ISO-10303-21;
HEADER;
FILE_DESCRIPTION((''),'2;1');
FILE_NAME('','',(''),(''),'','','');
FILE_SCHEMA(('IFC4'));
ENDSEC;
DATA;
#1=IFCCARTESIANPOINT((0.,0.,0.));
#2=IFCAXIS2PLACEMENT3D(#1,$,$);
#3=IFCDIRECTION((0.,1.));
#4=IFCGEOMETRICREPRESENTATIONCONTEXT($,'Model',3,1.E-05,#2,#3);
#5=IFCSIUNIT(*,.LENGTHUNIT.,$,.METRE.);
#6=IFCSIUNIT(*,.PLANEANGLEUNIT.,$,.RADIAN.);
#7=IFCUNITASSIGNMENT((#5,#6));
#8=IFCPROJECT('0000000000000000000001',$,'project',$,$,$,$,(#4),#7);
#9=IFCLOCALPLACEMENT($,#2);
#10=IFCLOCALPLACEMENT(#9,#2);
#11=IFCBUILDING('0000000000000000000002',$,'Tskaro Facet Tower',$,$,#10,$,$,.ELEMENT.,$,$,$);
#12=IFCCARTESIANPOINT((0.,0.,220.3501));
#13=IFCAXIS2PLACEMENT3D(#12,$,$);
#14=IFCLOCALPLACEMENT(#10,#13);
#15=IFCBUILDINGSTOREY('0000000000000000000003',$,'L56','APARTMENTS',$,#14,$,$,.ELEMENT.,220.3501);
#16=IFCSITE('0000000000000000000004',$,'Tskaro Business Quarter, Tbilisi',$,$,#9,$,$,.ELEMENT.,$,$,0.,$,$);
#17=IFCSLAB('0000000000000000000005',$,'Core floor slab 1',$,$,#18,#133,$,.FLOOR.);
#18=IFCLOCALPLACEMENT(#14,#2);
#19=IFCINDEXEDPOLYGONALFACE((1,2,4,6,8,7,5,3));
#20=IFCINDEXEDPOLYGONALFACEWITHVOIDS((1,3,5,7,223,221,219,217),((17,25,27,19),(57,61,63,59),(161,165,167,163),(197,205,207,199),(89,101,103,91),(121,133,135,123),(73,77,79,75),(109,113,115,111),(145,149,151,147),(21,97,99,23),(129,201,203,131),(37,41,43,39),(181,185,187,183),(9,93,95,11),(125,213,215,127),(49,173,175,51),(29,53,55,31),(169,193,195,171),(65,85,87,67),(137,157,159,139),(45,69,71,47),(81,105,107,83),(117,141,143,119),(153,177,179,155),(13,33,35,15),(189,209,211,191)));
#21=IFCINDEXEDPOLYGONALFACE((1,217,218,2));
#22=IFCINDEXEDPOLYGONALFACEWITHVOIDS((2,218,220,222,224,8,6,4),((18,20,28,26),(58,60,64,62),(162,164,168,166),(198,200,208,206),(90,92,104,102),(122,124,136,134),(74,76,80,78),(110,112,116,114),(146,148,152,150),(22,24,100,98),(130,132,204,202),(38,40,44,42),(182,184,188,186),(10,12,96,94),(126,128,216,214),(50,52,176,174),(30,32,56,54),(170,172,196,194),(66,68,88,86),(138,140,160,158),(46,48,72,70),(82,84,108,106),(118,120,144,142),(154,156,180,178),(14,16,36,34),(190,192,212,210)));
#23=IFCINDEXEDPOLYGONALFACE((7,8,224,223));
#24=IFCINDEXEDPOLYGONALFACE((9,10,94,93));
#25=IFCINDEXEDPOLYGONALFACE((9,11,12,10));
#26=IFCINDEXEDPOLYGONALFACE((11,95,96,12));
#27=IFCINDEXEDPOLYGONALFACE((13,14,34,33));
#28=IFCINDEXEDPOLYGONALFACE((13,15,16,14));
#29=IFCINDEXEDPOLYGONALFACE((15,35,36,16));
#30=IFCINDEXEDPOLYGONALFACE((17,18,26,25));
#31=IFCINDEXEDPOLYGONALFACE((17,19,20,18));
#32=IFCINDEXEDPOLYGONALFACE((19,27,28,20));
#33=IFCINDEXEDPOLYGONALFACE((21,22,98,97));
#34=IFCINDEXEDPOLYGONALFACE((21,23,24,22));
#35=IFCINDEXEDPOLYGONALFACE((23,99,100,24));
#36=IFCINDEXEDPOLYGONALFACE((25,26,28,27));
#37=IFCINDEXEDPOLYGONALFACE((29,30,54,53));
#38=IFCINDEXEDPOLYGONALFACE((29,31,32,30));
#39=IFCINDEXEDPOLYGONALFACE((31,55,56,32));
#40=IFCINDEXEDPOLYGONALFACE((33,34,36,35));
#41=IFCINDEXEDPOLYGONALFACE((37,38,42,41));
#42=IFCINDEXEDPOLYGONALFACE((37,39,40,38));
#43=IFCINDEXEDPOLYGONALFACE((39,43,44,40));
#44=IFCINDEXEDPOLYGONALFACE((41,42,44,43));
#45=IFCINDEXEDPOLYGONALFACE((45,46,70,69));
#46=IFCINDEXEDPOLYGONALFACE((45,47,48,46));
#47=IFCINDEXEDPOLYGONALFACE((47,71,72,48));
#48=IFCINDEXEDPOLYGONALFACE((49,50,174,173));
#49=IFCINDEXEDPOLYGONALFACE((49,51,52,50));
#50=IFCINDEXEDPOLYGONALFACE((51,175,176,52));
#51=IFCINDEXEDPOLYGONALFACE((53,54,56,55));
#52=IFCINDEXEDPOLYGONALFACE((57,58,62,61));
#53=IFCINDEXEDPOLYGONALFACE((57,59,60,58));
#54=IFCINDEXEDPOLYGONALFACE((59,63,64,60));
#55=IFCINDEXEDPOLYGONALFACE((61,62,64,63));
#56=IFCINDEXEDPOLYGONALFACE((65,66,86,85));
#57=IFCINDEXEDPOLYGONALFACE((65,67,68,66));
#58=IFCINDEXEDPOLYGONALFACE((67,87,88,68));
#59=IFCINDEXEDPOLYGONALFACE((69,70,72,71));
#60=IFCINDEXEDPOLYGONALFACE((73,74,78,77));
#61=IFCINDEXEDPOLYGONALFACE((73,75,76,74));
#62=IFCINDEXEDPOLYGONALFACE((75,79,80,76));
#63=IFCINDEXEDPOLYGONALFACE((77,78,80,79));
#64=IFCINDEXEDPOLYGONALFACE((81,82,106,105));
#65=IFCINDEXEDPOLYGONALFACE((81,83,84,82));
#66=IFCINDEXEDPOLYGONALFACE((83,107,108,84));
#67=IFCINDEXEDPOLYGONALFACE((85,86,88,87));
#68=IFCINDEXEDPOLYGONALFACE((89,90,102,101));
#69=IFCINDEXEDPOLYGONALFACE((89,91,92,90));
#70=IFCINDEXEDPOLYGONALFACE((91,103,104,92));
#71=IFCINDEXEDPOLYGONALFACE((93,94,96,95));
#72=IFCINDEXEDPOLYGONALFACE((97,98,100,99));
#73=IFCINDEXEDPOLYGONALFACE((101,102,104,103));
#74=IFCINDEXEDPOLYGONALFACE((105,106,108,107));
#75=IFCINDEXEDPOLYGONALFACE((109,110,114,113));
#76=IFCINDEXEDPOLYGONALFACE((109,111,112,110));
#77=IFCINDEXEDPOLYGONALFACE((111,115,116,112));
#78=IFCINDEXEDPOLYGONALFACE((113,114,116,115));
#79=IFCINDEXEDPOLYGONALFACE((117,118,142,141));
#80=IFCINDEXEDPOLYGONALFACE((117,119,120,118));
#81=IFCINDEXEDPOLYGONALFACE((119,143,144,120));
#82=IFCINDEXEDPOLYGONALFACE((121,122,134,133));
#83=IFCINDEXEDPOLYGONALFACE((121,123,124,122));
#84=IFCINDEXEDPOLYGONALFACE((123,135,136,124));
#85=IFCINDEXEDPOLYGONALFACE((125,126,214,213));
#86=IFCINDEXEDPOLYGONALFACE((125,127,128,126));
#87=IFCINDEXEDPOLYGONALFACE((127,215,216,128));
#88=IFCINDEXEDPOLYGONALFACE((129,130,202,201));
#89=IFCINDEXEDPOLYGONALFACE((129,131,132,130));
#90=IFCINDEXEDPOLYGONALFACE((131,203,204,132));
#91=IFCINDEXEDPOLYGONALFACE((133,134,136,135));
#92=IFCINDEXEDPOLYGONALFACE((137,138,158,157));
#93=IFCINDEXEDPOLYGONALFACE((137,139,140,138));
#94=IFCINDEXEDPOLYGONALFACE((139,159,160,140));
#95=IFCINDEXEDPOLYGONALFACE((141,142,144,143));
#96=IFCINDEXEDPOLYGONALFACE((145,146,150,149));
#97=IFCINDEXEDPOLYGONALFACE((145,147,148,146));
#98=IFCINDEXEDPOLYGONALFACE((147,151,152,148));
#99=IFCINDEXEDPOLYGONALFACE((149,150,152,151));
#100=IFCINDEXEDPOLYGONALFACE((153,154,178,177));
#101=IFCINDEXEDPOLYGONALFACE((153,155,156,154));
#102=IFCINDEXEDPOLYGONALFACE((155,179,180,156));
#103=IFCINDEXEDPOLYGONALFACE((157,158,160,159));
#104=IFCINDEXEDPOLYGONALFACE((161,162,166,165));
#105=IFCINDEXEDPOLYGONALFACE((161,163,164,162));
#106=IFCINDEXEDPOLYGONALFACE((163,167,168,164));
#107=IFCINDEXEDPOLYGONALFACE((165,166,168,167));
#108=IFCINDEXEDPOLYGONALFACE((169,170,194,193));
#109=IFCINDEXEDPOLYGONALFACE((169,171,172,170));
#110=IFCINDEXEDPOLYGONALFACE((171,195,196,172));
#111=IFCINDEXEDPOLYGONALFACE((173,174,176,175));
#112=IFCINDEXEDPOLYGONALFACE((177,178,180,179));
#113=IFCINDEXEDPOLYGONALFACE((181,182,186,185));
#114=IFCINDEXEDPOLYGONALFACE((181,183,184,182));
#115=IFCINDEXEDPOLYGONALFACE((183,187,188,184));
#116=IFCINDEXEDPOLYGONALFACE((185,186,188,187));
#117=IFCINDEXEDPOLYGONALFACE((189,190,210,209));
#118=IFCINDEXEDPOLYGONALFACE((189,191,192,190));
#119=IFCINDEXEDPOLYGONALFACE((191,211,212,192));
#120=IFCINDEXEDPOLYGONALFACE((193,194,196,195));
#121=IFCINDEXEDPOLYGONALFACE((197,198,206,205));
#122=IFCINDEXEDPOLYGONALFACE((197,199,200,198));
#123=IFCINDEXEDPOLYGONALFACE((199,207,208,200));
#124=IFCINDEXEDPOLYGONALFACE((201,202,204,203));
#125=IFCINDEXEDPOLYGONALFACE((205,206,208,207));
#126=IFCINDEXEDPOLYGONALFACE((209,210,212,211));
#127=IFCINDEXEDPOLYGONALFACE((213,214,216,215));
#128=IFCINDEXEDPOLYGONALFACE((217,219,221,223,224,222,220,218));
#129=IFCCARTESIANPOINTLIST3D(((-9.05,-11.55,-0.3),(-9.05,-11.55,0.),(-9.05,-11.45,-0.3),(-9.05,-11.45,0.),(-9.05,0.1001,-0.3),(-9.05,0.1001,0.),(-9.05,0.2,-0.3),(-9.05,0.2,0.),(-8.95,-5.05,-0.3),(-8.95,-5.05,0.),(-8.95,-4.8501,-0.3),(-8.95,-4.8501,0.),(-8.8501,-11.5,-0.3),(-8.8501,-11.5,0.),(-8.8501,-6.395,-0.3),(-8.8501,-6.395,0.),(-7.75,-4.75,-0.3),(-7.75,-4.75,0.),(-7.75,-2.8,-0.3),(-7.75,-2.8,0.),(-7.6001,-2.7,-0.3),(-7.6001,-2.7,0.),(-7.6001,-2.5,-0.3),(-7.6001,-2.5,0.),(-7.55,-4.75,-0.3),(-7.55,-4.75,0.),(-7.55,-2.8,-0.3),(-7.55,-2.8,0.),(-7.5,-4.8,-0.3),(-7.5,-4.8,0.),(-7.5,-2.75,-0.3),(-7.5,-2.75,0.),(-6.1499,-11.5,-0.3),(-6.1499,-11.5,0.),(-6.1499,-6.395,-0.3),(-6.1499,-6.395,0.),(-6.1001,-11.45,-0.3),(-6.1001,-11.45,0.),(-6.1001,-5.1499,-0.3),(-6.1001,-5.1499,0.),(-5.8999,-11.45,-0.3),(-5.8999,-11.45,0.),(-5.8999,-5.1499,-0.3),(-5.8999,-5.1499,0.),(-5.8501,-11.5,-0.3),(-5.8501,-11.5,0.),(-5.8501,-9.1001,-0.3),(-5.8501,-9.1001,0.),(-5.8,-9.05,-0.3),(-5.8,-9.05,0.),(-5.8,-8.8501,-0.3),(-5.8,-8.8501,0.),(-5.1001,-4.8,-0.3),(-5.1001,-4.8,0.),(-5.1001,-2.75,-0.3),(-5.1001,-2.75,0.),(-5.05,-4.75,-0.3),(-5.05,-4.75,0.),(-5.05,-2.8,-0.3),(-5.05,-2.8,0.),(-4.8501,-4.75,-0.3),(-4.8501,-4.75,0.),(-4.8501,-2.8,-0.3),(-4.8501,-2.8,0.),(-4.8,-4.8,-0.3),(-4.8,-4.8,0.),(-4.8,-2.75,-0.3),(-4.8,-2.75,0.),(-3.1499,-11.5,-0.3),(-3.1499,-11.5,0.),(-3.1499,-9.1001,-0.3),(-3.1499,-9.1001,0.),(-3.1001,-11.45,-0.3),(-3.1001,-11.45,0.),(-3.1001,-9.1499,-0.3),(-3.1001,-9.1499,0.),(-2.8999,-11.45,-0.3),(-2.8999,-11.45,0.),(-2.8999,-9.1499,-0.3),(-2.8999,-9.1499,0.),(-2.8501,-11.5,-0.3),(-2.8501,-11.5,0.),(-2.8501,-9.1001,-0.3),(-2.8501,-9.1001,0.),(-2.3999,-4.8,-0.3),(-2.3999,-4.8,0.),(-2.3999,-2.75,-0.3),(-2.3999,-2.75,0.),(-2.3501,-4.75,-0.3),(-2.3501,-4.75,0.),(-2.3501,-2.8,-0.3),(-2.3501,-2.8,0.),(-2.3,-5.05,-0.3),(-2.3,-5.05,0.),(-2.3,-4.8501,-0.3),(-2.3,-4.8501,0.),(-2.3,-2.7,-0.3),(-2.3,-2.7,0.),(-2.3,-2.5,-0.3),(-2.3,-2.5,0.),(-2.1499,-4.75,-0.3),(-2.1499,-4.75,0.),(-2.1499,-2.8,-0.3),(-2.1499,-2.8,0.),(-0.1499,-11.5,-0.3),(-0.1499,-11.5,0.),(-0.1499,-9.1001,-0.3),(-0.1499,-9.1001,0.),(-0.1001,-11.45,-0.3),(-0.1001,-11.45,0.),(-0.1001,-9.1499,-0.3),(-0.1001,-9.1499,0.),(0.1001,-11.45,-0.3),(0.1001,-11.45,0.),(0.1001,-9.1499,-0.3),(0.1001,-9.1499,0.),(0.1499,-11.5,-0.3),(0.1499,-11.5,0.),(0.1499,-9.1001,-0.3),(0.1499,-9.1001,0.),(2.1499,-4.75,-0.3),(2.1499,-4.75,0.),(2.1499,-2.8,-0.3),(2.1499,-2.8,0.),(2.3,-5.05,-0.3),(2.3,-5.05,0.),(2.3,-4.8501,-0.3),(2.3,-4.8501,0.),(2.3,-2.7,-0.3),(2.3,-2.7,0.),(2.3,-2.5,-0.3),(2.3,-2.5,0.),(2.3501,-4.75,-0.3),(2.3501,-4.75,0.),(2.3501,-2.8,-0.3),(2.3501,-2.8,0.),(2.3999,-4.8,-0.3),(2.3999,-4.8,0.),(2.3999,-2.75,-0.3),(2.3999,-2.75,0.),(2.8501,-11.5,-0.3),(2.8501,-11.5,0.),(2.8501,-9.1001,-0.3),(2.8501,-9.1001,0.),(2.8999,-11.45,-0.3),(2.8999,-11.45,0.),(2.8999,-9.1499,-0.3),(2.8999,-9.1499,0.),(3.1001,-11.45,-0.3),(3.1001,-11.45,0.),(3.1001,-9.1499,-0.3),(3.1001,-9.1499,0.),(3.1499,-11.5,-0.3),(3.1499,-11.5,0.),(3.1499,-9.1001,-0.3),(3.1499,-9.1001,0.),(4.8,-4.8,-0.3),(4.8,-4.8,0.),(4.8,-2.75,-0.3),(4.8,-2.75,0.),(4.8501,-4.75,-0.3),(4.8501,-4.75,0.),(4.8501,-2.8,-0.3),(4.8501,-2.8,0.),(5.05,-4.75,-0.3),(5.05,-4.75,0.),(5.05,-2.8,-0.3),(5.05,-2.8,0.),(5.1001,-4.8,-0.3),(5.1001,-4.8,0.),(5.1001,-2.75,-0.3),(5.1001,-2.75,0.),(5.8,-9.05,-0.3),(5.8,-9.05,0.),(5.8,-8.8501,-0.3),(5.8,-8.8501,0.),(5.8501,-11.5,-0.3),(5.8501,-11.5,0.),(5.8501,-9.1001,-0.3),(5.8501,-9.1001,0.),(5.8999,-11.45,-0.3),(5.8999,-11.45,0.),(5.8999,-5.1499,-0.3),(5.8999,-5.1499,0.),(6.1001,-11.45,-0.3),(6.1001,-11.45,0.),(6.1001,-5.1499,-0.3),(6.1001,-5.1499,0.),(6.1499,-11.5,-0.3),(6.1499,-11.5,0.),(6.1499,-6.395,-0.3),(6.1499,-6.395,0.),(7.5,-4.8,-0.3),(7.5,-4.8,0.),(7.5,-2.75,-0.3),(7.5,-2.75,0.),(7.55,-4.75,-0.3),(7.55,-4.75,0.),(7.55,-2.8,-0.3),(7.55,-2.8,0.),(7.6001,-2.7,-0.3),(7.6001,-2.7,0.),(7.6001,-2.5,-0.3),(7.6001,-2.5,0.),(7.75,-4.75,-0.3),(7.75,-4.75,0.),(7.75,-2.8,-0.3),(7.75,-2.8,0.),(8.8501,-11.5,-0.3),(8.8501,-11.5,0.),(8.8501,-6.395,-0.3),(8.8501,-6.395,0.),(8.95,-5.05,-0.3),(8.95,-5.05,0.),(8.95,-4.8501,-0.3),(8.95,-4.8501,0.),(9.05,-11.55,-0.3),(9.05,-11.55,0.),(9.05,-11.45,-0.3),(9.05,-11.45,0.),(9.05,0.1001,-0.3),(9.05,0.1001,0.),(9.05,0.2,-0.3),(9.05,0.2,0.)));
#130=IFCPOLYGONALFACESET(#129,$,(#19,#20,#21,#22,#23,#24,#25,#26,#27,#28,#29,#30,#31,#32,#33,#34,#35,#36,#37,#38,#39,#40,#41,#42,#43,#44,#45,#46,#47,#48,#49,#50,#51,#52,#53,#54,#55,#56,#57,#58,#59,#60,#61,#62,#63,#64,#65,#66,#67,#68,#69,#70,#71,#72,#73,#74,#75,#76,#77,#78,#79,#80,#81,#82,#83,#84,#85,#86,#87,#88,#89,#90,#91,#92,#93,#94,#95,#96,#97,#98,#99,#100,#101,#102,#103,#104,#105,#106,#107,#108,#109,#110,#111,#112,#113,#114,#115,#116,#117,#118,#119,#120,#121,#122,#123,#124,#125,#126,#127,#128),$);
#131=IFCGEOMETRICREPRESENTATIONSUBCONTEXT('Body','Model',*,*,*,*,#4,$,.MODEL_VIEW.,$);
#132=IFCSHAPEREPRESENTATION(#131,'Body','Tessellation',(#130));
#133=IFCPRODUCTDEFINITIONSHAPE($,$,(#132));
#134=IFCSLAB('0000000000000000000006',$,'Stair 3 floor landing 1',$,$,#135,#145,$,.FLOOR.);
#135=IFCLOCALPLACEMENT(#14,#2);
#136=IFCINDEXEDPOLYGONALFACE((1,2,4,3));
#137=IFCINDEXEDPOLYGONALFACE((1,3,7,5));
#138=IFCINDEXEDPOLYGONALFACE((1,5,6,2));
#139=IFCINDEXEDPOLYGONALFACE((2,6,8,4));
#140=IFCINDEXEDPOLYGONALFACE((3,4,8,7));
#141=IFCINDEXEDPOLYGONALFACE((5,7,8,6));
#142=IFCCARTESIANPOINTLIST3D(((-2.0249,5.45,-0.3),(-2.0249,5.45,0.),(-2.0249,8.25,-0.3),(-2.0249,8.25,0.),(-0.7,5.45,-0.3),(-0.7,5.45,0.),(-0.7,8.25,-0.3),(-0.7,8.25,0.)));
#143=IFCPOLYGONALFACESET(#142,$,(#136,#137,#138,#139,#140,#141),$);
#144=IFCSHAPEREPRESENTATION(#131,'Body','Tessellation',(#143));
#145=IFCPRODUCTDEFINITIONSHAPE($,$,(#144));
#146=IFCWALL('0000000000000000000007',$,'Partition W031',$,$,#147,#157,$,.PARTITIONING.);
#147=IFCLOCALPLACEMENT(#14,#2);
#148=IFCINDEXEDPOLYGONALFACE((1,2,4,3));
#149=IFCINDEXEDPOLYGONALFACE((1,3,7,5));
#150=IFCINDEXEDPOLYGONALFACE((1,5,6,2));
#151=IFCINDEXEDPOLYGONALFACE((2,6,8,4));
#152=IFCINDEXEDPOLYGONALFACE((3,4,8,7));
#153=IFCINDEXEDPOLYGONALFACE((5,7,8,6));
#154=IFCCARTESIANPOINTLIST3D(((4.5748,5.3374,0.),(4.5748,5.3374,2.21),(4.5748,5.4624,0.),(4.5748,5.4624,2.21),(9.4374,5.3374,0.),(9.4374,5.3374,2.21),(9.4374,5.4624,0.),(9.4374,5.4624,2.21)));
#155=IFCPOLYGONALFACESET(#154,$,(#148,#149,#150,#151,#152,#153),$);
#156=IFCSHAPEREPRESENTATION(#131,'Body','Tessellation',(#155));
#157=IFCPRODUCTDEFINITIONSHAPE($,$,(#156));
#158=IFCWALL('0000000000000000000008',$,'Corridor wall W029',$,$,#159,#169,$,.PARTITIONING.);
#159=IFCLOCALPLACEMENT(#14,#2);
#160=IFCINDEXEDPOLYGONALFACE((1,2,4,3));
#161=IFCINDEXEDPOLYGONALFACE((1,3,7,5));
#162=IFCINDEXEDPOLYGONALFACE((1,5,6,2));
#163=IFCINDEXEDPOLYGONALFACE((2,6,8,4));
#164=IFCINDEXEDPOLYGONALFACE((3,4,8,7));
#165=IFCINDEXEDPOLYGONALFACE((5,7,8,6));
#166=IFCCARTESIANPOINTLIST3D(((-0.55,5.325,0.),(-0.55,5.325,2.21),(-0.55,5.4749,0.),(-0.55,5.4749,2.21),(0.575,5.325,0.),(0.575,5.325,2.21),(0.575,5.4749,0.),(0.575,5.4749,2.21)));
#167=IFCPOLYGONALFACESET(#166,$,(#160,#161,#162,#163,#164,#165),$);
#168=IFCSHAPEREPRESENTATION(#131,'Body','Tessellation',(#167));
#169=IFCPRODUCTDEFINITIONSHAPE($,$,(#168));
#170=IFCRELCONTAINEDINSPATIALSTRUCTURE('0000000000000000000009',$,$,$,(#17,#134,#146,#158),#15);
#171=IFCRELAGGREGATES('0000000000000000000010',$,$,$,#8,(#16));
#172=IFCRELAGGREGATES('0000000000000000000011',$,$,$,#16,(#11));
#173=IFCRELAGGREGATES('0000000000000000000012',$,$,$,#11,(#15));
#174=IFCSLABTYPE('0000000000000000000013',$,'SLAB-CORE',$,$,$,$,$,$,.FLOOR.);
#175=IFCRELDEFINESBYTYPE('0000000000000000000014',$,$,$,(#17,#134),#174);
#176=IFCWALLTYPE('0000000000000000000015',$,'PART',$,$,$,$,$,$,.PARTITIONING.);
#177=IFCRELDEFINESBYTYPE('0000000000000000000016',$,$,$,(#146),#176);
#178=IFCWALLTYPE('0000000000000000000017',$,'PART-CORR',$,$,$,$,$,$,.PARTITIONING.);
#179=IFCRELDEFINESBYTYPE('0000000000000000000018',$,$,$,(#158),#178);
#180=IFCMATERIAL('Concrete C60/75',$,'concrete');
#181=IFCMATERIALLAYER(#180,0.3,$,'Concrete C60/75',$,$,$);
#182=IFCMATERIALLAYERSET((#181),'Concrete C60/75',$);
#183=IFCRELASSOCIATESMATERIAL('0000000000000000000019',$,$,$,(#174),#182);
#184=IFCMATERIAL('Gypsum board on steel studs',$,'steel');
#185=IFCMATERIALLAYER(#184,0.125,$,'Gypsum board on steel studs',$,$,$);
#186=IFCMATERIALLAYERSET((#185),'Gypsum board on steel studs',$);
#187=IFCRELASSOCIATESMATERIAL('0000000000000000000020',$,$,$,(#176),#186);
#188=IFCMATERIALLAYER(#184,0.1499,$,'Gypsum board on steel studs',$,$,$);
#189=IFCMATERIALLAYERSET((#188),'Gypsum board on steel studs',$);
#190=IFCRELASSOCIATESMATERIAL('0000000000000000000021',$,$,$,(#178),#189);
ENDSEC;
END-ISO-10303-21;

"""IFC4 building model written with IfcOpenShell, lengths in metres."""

from ifc_helpers import new_model, si_unit, direction, frame, frame_2d, origin, place, context, subcontext, project, spatial, polyline, rectangle, outline, extrude, material, layer, layer_set, type_object, element, save


model = new_model("IFC4")

# Units and contexts
model_context = context("Model", 3, precision=1e-05, world=origin(), true_north=direction((0.0, 1.0)))
body_context = subcontext(model_context, "Body", "Model", "MODEL_VIEW")
ifc_project = project(units=[si_unit("LENGTHUNIT", "METRE"), si_unit("PLANEANGLEUNIT", "RADIAN")], contexts=[model_context])

# Site, building, storey
site_placement = place(None, origin())
site = spatial("IfcSite", under=ifc_project, at=site_placement, Name="Tskaro Business Quarter, Tbilisi", CompositionType="ELEMENT", RefElevation=0.0)
building_placement = place(site_placement, origin())
building = spatial("IfcBuilding", under=site, at=building_placement, Name="Tskaro Facet Tower", CompositionType="ELEMENT")
storey_placement = place(building_placement, frame((0.0, 0.0, 220.3501)))
storey = spatial("IfcBuildingStorey", under=building, at=storey_placement, Name="L56", Description="APARTMENTS", CompositionType="ELEMENT", Elevation=220.3501)

# Slabs
ifc_material_1 = material(Name="Concrete C60/75", Category="concrete")
ifc_layer_1 = layer(ifc_material_1, 0.3, Name="Concrete C60/75")
ifc_layer_set_1 = layer_set([ifc_layer_1], Name="Concrete C60/75")
slab_type_1 = type_object("IfcSlabType", Name="SLAB-CORE", PredefinedType="FLOOR", material=ifc_layer_set_1)
slab_1_placement = place(storey_placement, frame((0.0, 0.0, -0.3)))
element("IfcSlab", 1, at=slab_1_placement, inside=storey, type_object=slab_type_1, Name="Core floor slab 1", PredefinedType="FLOOR", context=body_context, shape_type="SweptSolid", body=[
    extrude(outline(polyline([(-9.05, 0.2), (9.05, 0.2), (9.05, 0.1001), (9.05, -11.45), (9.05, -11.55), (-9.05, -11.55), (-9.05, -11.45), (-9.05, 0.1001), (-9.05, 0.2)]), holes=[polyline([(-5.8501, -9.1001), (-5.8501, -11.5), (-3.1499, -11.5), (-3.1499, -9.1001), (-5.8501, -9.1001)]), polyline([(-3.1001, -11.45), (-2.8999, -11.45), (-2.8999, -9.1499), (-3.1001, -9.1499), (-3.1001, -11.45)]), polyline([(-2.8501, -9.1001), (-2.8501, -11.5), (-0.1499, -11.5), (-0.1499, -9.1001), (-2.8501, -9.1001)]), polyline([(-6.1001, -11.45), (-5.8999, -11.45), (-5.8999, -5.1499), (-6.1001, -5.1499), (-6.1001, -11.45)]), polyline([(-8.95, -5.05), (-2.3, -5.05), (-2.3, -4.8501), (-8.95, -4.8501), (-8.95, -5.05)]), polyline([(-7.75, -4.75), (-7.55, -4.75), (-7.55, -2.8), (-7.75, -2.8), (-7.75, -4.75)]), polyline([(-5.1001, -2.75), (-7.5, -2.75), (-7.5, -4.8), (-5.1001, -4.8), (-5.1001, -2.75)]), polyline([(-5.05, -4.75), (-4.8501, -4.75), (-4.8501, -2.8), (-5.05, -2.8), (-5.05, -4.75)]), polyline([(-2.3999, -4.8), (-2.3999, -2.75), (-4.8, -2.75), (-4.8, -4.8), (-2.3999, -4.8)]), polyline([(-2.3501, -4.75), (-2.1499, -4.75), (-2.1499, -2.8), (-2.3501, -2.8), (-2.3501, -4.75)]), polyline([(-7.6001, -2.7), (-2.3, -2.7), (-2.3, -2.5), (-7.6001, -2.5), (-7.6001, -2.7)]), polyline([(-0.1001, -11.45), (0.1001, -11.45), (0.1001, -9.1499), (-0.1001, -9.1499), (-0.1001, -11.45)]), polyline([(0.1499, -9.1001), (0.1499, -11.5), (2.8501, -11.5), (2.8501, -9.1001), (0.1499, -9.1001)]), polyline([(2.8999, -11.45), (3.1001, -11.45), (3.1001, -9.1499), (2.8999, -9.1499), (2.8999, -11.45)]), polyline([(3.1499, -9.1001), (3.1499, -11.5), (5.8501, -11.5), (5.8501, -9.1001), (3.1499, -9.1001)]), polyline([(-5.8, -9.05), (5.8, -9.05), (5.8, -8.8501), (-5.8, -8.8501), (-5.8, -9.05)]), polyline([(5.8999, -11.45), (6.1001, -11.45), (6.1001, -5.1499), (5.8999, -5.1499), (5.8999, -11.45)]), polyline([(2.3, -5.05), (8.95, -5.05), (8.95, -4.8501), (2.3, -4.8501), (2.3, -5.05)]), polyline([(2.1499, -4.75), (2.3501, -4.75), (2.3501, -2.8), (2.1499, -2.8), (2.1499, -4.75)]), polyline([(2.3999, -2.75), (2.3999, -4.8), (4.8, -4.8), (4.8, -2.75), (2.3999, -2.75)]), polyline([(4.8501, -4.75), (5.05, -4.75), (5.05, -2.8), (4.8501, -2.8), (4.8501, -4.75)]), polyline([(7.5, -4.8), (7.5, -2.75), (5.1001, -2.75), (5.1001, -4.8), (7.5, -4.8)]), polyline([(7.55, -4.75), (7.75, -4.75), (7.75, -2.8), (7.55, -2.8), (7.55, -4.75)]), polyline([(2.3, -2.7), (7.6001, -2.7), (7.6001, -2.5), (2.3, -2.5), (2.3, -2.7)]), polyline([(-8.8501, -11.5), (-6.1499, -11.5), (-6.1499, -6.395), (-8.8501, -6.395), (-8.8501, -11.5)]), polyline([(6.1499, -6.395), (6.1499, -11.5), (8.8501, -11.5), (8.8501, -6.395), (6.1499, -6.395)])]), origin(), (0.0, 0.0, 1.0), 0.3),
])
slab_2_placement = place(storey_placement, frame((0.0, 0.0, -0.3)))
element("IfcSlab", 2, at=slab_2_placement, inside=storey, type_object=slab_type_1, Name="Stair 3 floor landing 1", PredefinedType="FLOOR", context=body_context, shape_type="SweptSolid", body=[
    extrude(outline(polyline([(-2.0249, 5.45), (-0.7, 5.45), (-0.7, 8.25), (-2.0249, 8.25), (-2.0249, 5.45)])), origin(), (0.0, 0.0, 1.0), 0.3),
])

# Walls
ifc_material_2 = material(Name="Gypsum board on steel studs", Category="steel")
ifc_layer_2 = layer(ifc_material_2, 0.125, Name="Gypsum board on steel studs")
ifc_layer_set_2 = layer_set([ifc_layer_2], Name="Gypsum board on steel studs")
wall_type_1 = type_object("IfcWallType", Name="PART", PredefinedType="PARTITIONING", material=ifc_layer_set_2)
wall_1_placement = place(storey_placement, frame((4.575, 5.3999, 0.0), z_axis=(0.0, 0.0, 1.0), x_axis=(1.0, 0.0, 0.0)))
element("IfcWall", 3, at=wall_1_placement, inside=storey, type_object=wall_type_1, Name="Partition W031", PredefinedType="PARTITIONING", context=body_context, shape_type="SweptSolid", body=[
    extrude(rectangle(XDim=4.8625, YDim=0.125, at=frame_2d((2.4312, 0.0))), origin(), (0.0, 0.0, 1.0), 2.21),
])
ifc_layer_3 = layer(ifc_material_2, 0.1499, Name="Gypsum board on steel studs")
ifc_layer_set_3 = layer_set([ifc_layer_3], Name="Gypsum board on steel studs")
wall_type_2 = type_object("IfcWallType", Name="PART-CORR", PredefinedType="PARTITIONING", material=ifc_layer_set_3)
wall_2_placement = place(storey_placement, frame((-0.55, 5.3999, 0.0), z_axis=(0.0, 0.0, 1.0), x_axis=(1.0, 0.0, 0.0)))
element("IfcWall", 4, at=wall_2_placement, inside=storey, type_object=wall_type_2, Name="Corridor wall W029", PredefinedType="PARTITIONING", context=body_context, shape_type="SweptSolid", body=[
    extrude(rectangle(XDim=1.125, YDim=0.1499, at=frame_2d((0.5625, 0.0))), origin(), (0.0, 0.0, 1.0), 2.21),
])

save(model, "model.ifc")
